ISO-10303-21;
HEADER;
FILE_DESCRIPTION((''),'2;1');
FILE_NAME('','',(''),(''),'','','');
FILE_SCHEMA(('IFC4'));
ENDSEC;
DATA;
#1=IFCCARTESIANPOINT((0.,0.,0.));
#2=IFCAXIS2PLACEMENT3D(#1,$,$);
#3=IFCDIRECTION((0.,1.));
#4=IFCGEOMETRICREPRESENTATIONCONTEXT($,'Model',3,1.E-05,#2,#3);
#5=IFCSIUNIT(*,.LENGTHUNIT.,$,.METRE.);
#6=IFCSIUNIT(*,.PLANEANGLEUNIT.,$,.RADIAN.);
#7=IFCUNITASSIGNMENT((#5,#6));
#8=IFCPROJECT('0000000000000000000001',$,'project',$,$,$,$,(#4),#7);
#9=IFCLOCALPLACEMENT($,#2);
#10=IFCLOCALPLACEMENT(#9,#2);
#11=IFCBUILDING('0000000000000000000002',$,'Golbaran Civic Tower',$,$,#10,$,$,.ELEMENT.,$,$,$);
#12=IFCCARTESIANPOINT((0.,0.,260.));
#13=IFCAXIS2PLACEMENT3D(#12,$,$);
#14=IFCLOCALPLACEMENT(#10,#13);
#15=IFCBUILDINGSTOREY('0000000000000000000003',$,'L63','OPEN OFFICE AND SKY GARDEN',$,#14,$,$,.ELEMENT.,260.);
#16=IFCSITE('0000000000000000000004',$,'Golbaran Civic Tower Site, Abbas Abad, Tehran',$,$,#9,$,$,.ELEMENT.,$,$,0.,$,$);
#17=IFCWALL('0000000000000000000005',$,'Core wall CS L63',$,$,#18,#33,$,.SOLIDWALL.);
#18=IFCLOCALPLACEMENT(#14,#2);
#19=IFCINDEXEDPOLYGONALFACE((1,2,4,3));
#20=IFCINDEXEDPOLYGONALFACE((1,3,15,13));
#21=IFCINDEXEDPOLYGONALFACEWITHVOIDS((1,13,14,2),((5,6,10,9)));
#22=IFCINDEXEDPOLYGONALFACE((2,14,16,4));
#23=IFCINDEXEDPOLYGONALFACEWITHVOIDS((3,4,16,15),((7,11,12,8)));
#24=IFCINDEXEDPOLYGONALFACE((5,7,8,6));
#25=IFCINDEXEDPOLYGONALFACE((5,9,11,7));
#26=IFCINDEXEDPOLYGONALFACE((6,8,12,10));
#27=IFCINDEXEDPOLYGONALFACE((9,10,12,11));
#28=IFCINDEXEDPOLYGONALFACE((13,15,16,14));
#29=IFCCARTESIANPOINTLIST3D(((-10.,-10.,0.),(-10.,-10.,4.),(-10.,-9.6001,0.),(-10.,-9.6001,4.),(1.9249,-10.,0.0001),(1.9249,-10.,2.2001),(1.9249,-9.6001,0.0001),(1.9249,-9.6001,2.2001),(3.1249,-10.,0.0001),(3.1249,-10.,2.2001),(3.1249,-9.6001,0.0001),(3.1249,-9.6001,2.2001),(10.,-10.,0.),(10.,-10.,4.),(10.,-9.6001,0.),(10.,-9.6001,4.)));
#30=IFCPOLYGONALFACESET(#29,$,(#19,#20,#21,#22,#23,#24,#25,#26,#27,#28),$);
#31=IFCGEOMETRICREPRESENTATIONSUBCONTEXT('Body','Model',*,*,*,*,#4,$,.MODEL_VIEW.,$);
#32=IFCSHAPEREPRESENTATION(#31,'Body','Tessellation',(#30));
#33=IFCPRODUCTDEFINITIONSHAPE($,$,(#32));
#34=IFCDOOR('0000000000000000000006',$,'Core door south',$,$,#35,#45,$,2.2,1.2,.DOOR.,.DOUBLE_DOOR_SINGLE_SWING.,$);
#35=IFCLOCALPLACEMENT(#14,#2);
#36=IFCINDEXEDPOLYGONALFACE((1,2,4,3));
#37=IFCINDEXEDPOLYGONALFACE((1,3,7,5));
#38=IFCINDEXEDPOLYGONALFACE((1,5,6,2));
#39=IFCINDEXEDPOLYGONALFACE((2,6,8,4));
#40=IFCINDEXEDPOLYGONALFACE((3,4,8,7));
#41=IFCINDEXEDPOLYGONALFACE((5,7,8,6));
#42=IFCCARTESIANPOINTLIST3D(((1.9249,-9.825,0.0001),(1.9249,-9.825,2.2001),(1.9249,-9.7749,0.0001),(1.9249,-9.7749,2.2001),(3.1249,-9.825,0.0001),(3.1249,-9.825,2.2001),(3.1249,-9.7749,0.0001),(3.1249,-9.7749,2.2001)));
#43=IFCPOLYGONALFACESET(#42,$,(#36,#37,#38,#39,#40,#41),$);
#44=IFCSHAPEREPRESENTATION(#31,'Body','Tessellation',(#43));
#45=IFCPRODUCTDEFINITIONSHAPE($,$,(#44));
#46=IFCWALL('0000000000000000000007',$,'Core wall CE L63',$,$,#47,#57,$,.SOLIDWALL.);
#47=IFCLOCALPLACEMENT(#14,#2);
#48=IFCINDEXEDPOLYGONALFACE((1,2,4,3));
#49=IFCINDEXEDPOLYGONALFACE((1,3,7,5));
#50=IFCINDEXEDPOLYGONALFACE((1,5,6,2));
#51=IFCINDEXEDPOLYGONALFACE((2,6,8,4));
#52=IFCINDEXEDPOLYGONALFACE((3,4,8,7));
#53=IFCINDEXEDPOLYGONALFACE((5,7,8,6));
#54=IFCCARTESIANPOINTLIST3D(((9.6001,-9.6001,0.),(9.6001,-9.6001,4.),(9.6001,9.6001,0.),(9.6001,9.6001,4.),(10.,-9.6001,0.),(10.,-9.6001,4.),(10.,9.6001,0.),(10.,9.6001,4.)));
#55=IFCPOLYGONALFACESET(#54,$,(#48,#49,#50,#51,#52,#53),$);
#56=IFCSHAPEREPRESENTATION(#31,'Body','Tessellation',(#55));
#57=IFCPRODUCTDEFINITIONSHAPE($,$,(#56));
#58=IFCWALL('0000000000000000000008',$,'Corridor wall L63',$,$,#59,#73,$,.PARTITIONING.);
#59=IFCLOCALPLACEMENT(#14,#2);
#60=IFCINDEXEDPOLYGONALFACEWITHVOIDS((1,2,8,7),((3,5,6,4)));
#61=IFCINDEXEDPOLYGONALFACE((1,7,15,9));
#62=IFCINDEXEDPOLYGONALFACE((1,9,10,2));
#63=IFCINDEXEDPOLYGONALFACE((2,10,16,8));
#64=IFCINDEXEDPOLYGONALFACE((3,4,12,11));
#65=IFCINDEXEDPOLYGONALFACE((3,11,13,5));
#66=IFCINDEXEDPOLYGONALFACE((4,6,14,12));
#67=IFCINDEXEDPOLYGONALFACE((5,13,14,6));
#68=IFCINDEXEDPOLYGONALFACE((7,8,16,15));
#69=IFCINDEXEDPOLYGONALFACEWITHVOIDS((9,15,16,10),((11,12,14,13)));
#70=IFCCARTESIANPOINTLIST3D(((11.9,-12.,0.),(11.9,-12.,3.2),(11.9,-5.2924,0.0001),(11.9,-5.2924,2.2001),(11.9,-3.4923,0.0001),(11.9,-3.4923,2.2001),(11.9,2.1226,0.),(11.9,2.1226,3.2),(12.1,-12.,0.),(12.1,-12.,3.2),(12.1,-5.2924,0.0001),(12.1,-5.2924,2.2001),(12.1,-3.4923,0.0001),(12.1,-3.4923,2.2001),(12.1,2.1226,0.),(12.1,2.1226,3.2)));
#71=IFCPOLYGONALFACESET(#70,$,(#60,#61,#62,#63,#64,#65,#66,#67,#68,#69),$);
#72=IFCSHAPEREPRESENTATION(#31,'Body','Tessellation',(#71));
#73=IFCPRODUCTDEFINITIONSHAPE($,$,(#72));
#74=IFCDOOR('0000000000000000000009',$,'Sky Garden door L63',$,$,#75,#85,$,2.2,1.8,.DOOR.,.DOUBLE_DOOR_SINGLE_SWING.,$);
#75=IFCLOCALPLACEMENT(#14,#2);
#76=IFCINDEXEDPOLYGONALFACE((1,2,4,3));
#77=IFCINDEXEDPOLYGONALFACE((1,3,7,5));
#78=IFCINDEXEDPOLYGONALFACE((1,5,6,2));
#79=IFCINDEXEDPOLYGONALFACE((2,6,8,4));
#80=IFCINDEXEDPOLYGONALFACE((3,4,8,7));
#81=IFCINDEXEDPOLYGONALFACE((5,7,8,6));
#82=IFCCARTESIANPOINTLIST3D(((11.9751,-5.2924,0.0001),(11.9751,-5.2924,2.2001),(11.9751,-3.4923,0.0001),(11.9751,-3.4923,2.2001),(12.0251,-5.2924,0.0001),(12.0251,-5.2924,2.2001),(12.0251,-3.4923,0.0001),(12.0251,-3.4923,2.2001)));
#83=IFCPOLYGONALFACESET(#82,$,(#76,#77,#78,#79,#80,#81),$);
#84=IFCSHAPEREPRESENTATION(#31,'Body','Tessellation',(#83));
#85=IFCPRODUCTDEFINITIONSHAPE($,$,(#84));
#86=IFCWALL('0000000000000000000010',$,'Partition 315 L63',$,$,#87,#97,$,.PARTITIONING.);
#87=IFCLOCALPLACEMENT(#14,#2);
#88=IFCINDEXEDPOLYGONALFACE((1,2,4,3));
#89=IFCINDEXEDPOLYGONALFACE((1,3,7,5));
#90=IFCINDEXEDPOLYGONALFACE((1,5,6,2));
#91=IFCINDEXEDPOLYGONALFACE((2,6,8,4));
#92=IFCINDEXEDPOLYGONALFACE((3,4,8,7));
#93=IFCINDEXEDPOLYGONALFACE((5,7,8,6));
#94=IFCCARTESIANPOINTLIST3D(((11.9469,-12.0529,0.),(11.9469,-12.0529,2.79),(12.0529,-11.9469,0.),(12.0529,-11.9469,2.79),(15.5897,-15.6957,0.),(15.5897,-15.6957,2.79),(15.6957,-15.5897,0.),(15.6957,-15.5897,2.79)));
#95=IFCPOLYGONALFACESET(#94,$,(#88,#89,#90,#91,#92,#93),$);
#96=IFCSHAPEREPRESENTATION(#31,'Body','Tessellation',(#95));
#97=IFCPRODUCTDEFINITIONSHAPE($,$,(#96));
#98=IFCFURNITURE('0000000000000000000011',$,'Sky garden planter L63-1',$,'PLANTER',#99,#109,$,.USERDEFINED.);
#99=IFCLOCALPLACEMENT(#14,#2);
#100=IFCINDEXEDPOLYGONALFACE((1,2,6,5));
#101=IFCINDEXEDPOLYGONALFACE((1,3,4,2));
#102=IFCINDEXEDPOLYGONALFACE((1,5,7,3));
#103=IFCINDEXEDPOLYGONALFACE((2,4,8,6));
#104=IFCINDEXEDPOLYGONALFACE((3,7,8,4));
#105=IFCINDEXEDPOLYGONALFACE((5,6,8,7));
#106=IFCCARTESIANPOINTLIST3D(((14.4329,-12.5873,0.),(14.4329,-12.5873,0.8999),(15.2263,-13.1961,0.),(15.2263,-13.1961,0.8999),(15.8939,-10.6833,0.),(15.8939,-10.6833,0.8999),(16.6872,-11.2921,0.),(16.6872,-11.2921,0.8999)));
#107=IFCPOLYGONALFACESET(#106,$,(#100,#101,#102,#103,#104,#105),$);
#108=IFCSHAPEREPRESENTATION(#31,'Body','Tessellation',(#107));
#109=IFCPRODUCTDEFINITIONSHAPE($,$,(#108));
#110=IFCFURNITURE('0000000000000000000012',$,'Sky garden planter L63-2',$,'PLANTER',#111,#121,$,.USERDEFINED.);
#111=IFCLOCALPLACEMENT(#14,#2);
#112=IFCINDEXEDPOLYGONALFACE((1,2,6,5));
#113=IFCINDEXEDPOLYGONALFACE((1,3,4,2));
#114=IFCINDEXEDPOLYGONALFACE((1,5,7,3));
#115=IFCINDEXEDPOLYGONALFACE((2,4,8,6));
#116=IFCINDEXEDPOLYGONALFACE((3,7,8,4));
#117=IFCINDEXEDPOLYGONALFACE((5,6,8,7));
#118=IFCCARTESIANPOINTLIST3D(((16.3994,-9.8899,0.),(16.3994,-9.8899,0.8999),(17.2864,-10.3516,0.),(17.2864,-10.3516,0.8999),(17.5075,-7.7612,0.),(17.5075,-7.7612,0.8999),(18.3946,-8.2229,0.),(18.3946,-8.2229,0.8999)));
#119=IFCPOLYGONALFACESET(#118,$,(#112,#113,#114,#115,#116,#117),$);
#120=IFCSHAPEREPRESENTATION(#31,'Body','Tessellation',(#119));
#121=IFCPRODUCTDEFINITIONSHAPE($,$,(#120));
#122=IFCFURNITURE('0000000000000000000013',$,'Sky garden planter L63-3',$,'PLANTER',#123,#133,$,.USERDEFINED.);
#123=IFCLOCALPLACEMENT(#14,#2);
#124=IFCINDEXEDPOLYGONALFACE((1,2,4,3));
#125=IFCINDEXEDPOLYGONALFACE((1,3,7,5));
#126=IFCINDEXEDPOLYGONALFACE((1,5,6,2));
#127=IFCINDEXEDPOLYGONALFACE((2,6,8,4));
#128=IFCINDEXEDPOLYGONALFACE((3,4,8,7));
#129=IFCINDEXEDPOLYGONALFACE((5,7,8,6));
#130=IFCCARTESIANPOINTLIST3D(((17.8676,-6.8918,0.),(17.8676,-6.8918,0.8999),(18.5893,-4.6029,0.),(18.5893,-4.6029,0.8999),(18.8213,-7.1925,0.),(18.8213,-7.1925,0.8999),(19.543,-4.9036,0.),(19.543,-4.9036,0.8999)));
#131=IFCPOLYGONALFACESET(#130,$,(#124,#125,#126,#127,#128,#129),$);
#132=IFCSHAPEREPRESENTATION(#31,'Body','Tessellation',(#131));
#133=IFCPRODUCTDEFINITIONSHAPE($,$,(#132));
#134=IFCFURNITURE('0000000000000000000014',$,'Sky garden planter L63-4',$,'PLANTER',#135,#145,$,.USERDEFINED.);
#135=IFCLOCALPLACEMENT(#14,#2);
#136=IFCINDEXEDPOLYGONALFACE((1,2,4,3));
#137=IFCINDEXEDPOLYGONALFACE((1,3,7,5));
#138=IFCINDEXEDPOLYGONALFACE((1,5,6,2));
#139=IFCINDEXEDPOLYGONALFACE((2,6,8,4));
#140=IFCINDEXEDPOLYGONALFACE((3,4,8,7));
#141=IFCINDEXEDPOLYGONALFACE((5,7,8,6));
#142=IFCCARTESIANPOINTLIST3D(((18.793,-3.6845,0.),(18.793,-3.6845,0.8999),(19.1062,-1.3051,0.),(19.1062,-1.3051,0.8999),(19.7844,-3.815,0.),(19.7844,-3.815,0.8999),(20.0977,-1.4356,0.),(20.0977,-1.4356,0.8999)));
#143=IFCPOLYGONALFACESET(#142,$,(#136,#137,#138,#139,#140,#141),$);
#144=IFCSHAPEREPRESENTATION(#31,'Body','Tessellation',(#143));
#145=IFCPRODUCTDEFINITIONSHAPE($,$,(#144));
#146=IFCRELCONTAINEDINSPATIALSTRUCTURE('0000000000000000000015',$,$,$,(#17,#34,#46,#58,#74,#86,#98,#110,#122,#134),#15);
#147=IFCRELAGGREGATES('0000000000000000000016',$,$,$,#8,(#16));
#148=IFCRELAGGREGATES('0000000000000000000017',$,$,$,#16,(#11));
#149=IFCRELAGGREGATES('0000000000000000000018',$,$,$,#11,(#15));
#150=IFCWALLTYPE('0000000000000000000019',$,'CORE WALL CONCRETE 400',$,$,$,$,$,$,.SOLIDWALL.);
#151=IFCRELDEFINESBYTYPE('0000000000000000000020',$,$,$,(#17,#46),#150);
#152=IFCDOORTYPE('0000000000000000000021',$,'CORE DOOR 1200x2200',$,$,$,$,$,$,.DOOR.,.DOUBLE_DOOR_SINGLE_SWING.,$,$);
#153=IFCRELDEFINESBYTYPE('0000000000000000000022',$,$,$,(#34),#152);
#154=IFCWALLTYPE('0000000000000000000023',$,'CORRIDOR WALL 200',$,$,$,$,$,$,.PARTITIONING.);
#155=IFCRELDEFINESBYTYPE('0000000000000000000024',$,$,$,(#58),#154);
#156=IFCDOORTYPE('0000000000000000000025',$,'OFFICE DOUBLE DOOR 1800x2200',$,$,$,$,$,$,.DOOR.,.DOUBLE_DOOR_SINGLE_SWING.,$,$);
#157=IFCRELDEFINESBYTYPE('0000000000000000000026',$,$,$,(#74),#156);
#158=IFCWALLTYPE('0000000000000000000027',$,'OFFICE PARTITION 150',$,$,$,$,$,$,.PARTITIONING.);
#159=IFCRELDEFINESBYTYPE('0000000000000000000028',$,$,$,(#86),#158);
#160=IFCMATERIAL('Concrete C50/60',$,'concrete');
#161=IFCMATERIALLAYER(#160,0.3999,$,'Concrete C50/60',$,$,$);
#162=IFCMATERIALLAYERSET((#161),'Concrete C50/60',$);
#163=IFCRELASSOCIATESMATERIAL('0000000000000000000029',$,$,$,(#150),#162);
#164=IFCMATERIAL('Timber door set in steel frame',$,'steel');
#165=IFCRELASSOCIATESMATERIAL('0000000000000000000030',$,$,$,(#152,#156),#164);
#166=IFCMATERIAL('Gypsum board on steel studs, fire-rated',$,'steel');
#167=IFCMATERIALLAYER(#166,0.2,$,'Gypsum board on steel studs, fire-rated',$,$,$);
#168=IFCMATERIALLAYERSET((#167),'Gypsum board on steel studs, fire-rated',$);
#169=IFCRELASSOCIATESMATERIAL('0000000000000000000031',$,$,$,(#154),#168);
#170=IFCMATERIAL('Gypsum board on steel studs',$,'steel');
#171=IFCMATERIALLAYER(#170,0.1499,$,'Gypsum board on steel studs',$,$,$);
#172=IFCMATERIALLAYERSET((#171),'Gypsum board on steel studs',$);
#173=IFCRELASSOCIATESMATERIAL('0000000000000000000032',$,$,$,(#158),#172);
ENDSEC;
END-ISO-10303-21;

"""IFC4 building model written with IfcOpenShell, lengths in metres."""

from ifc_helpers import new_model, si_unit, direction, frame, frame_2d, origin, origin_2d, place, context, subcontext, project, spatial, rectangle, extrude, material, layer, layer_set, type_object, element, fill, save


model = new_model("IFC4")

# Units and contexts
model_context = context("Model", 3, precision=1e-05, world=origin(), true_north=direction((0.0, 1.0)))
body_context = subcontext(model_context, "Body", "Model", "MODEL_VIEW")
ifc_project = project(units=[si_unit("LENGTHUNIT", "METRE"), si_unit("PLANEANGLEUNIT", "RADIAN")], contexts=[model_context])

# Site, building, storey
site_placement = place(None, origin())
site = spatial("IfcSite", under=ifc_project, at=site_placement, Name="Golbaran Civic Tower Site, Abbas Abad, Tehran", CompositionType="ELEMENT", RefElevation=0.0)
building_placement = place(site_placement, origin())
building = spatial("IfcBuilding", under=site, at=building_placement, Name="Golbaran Civic Tower", CompositionType="ELEMENT")
storey_placement = place(building_placement, frame((0.0, 0.0, 260.0)))
storey = spatial("IfcBuildingStorey", under=building, at=storey_placement, Name="L63", Description="OPEN OFFICE AND SKY GARDEN", CompositionType="ELEMENT", Elevation=260.0)

# Wall, opening, door
ifc_material_1 = material(Name="Concrete C50/60", Category="concrete")
ifc_layer_1 = layer(ifc_material_1, 0.3999, Name="Concrete C50/60")
ifc_layer_set_1 = layer_set([ifc_layer_1], Name="Concrete C50/60")
wall_type_1 = type_object("IfcWallType", Name="CORE WALL CONCRETE 400", PredefinedType="SOLIDWALL", material=ifc_layer_set_1)
wall_1_placement = place(storey_placement, frame((10.0, -9.8, 0.0), z_axis=(0.0, 0.0, 1.0), x_axis=(-1.0, 0.0, 0.0)))
wall_1 = element("IfcWall", 1, at=wall_1_placement, inside=storey, type_object=wall_type_1, Name="Core wall CS L63", PredefinedType="SOLIDWALL", context=body_context, shape_type="SweptSolid", body=[
    extrude(rectangle(XDim=20.0, YDim=0.3999, at=frame_2d((10.0, 0.0))), origin(), (0.0, 0.0, 1.0), 4.0),
])
opening_1_placement = place(wall_1_placement, frame((6.875, 0.0, 0.0)))
opening_1 = element("IfcOpeningElement", 2, at=opening_1_placement, cuts=wall_1, PredefinedType="OPENING", context=body_context, shape_type="SweptSolid", body=[
    extrude(rectangle(XDim=1.2, YDim=2.2, at=frame_2d((0.6001, 1.1001))), frame((0.0, 0.21, 0.0), z_axis=(0.0, -1.0, 0.0), x_axis=(1.0, 0.0, 0.0)), (0.0, 0.0, 1.0), 0.4199),
])
ifc_material_2 = material(Name="Timber door set in steel frame", Category="steel")
door_type_1 = type_object("IfcDoorType", Name="CORE DOOR 1200x2200", OperationType="DOUBLE_DOOR_SINGLE_SWING", PredefinedType="DOOR", material=ifc_material_2)
door_1_placement = place(opening_1_placement, origin())
door_1 = element("IfcDoor", 3, at=door_1_placement, inside=storey, type_object=door_type_1, Name="Core door south", OperationType="DOUBLE_DOOR_SINGLE_SWING", OverallHeight=2.2, OverallWidth=1.2, PredefinedType="DOOR", context=body_context, shape_type="SweptSolid", body=[
    extrude(rectangle(XDim=1.2, YDim=2.2, at=frame_2d((0.6001, 1.1001))), frame((0.0, 0.0249, 0.0), z_axis=(0.0, -1.0, 0.0), x_axis=(1.0, 0.0, 0.0)), (0.0, 0.0, 1.0), 0.05),
])
fill(opening_1, door_1)

# Wall
wall_2_placement = place(storey_placement, frame((9.8, -9.6001, 0.0), z_axis=(0.0, 0.0, 1.0), x_axis=(0.0, 1.0, 0.0)))
element("IfcWall", 4, at=wall_2_placement, inside=storey, type_object=wall_type_1, Name="Core wall CE L63", PredefinedType="SOLIDWALL", context=body_context, shape_type="SweptSolid", body=[
    extrude(rectangle(XDim=19.2002, YDim=0.3999, at=frame_2d((9.6001, 0.0))), origin(), (0.0, 0.0, 1.0), 4.0),
])

# Wall, opening, door
ifc_material_3 = material(Name="Gypsum board on steel studs, fire-rated", Category="steel")
ifc_layer_2 = layer(ifc_material_3, 0.2, Name="Gypsum board on steel studs, fire-rated")
ifc_layer_set_2 = layer_set([ifc_layer_2], Name="Gypsum board on steel studs, fire-rated")
wall_type_2 = type_object("IfcWallType", Name="CORRIDOR WALL 200", PredefinedType="PARTITIONING", material=ifc_layer_set_2)
wall_3_placement = place(storey_placement, frame((12.0, -12.0, 0.0), z_axis=(0.0, 0.0, 1.0), x_axis=(0.0, 1.0, 0.0)))
wall_3 = element("IfcWall", 5, at=wall_3_placement, inside=storey, type_object=wall_type_2, Name="Corridor wall L63", PredefinedType="PARTITIONING", context=body_context, shape_type="SweptSolid", body=[
    extrude(rectangle(XDim=14.1226, YDim=0.2, at=frame_2d((7.0613, 0.0))), origin(), (0.0, 0.0, 1.0), 3.2),
])
opening_2_placement = place(wall_3_placement, frame((6.7078, 0.0, 0.0)))
opening_2 = element("IfcOpeningElement", 6, at=opening_2_placement, cuts=wall_3, PredefinedType="OPENING", context=body_context, shape_type="SweptSolid", body=[
    extrude(rectangle(XDim=1.8, YDim=2.2, at=frame_2d((0.8999, 1.1001))), frame((0.0, 0.1099, 0.0), z_axis=(0.0, -1.0, 0.0), x_axis=(1.0, 0.0, 0.0)), (0.0, 0.0, 1.0), 0.22),
])
door_type_2 = type_object("IfcDoorType", Name="OFFICE DOUBLE DOOR 1800x2200", OperationType="DOUBLE_DOOR_SINGLE_SWING", PredefinedType="DOOR", material=ifc_material_2)
door_2_placement = place(opening_2_placement, origin())
door_2 = element("IfcDoor", 7, at=door_2_placement, inside=storey, type_object=door_type_2, Name="Sky Garden door L63", OperationType="DOUBLE_DOOR_SINGLE_SWING", OverallHeight=2.2, OverallWidth=1.8, PredefinedType="DOOR", context=body_context, shape_type="SweptSolid", body=[
    extrude(rectangle(XDim=1.8, YDim=2.2, at=frame_2d((0.8999, 1.1001))), frame((0.0, 0.0249, 0.0), z_axis=(0.0, -1.0, 0.0), x_axis=(1.0, 0.0, 0.0)), (0.0, 0.0, 1.0), 0.05),
])
fill(opening_2, door_2)

# Wall
ifc_material_4 = material(Name="Gypsum board on steel studs", Category="steel")
ifc_layer_3 = layer(ifc_material_4, 0.1499, Name="Gypsum board on steel studs")
ifc_layer_set_3 = layer_set([ifc_layer_3], Name="Gypsum board on steel studs")
wall_type_3 = type_object("IfcWallType", Name="OFFICE PARTITION 150", PredefinedType="PARTITIONING", material=ifc_layer_set_3)
wall_4_placement = place(storey_placement, frame((12.0, -12.0, 0.0), z_axis=(0.0, 0.0, 1.0), x_axis=(0.707107, -0.707107, 0.0)))
element("IfcWall", 8, at=wall_4_placement, inside=storey, type_object=wall_type_3, Name="Partition 315 L63", PredefinedType="PARTITIONING", context=body_context, shape_type="SweptSolid", body=[
    extrude(rectangle(XDim=5.1516, YDim=0.1499, at=frame_2d((2.5757, 0.0))), origin(), (0.0, 0.0, 1.0), 2.79),
])

# Furniture
for number, where, z_axis, x_axis, name in (
    (9, (15.5601, -11.9397, 0.0), (0.0, 0.0, 1.0), (0.608761, 0.793353, 0.0), "Sky garden planter L63-1"),
    (10, (17.397, -9.0564, 0.0), (0.0, 0.0, 1.0), (0.461749, 0.887011, 0.0), "Sky garden planter L63-2"),
    (11, (18.7053, -5.8977, 0.0), (0.0, 0.0, 1.0), (0.300706, 0.953717, 0.0), "Sky garden planter L63-3"),
    (12, (19.4453, -2.5601, 0.0), (0.0, 0.0, 1.0), (0.130526, 0.991445, 0.0), "Sky garden planter L63-4"),
):
    element("IfcFurniture", number, at=place(storey_placement, frame(where, z_axis=z_axis, x_axis=x_axis)), inside=storey, Name=name, ObjectType="PLANTER", PredefinedType="USERDEFINED", context=body_context, shape_type="SweptSolid", body=[
        extrude(rectangle(XDim=2.3999, YDim=1.0, at=origin_2d()), origin(), (0.0, 0.0, 1.0), 0.8999),
    ])

save(model, "model.ifc")
